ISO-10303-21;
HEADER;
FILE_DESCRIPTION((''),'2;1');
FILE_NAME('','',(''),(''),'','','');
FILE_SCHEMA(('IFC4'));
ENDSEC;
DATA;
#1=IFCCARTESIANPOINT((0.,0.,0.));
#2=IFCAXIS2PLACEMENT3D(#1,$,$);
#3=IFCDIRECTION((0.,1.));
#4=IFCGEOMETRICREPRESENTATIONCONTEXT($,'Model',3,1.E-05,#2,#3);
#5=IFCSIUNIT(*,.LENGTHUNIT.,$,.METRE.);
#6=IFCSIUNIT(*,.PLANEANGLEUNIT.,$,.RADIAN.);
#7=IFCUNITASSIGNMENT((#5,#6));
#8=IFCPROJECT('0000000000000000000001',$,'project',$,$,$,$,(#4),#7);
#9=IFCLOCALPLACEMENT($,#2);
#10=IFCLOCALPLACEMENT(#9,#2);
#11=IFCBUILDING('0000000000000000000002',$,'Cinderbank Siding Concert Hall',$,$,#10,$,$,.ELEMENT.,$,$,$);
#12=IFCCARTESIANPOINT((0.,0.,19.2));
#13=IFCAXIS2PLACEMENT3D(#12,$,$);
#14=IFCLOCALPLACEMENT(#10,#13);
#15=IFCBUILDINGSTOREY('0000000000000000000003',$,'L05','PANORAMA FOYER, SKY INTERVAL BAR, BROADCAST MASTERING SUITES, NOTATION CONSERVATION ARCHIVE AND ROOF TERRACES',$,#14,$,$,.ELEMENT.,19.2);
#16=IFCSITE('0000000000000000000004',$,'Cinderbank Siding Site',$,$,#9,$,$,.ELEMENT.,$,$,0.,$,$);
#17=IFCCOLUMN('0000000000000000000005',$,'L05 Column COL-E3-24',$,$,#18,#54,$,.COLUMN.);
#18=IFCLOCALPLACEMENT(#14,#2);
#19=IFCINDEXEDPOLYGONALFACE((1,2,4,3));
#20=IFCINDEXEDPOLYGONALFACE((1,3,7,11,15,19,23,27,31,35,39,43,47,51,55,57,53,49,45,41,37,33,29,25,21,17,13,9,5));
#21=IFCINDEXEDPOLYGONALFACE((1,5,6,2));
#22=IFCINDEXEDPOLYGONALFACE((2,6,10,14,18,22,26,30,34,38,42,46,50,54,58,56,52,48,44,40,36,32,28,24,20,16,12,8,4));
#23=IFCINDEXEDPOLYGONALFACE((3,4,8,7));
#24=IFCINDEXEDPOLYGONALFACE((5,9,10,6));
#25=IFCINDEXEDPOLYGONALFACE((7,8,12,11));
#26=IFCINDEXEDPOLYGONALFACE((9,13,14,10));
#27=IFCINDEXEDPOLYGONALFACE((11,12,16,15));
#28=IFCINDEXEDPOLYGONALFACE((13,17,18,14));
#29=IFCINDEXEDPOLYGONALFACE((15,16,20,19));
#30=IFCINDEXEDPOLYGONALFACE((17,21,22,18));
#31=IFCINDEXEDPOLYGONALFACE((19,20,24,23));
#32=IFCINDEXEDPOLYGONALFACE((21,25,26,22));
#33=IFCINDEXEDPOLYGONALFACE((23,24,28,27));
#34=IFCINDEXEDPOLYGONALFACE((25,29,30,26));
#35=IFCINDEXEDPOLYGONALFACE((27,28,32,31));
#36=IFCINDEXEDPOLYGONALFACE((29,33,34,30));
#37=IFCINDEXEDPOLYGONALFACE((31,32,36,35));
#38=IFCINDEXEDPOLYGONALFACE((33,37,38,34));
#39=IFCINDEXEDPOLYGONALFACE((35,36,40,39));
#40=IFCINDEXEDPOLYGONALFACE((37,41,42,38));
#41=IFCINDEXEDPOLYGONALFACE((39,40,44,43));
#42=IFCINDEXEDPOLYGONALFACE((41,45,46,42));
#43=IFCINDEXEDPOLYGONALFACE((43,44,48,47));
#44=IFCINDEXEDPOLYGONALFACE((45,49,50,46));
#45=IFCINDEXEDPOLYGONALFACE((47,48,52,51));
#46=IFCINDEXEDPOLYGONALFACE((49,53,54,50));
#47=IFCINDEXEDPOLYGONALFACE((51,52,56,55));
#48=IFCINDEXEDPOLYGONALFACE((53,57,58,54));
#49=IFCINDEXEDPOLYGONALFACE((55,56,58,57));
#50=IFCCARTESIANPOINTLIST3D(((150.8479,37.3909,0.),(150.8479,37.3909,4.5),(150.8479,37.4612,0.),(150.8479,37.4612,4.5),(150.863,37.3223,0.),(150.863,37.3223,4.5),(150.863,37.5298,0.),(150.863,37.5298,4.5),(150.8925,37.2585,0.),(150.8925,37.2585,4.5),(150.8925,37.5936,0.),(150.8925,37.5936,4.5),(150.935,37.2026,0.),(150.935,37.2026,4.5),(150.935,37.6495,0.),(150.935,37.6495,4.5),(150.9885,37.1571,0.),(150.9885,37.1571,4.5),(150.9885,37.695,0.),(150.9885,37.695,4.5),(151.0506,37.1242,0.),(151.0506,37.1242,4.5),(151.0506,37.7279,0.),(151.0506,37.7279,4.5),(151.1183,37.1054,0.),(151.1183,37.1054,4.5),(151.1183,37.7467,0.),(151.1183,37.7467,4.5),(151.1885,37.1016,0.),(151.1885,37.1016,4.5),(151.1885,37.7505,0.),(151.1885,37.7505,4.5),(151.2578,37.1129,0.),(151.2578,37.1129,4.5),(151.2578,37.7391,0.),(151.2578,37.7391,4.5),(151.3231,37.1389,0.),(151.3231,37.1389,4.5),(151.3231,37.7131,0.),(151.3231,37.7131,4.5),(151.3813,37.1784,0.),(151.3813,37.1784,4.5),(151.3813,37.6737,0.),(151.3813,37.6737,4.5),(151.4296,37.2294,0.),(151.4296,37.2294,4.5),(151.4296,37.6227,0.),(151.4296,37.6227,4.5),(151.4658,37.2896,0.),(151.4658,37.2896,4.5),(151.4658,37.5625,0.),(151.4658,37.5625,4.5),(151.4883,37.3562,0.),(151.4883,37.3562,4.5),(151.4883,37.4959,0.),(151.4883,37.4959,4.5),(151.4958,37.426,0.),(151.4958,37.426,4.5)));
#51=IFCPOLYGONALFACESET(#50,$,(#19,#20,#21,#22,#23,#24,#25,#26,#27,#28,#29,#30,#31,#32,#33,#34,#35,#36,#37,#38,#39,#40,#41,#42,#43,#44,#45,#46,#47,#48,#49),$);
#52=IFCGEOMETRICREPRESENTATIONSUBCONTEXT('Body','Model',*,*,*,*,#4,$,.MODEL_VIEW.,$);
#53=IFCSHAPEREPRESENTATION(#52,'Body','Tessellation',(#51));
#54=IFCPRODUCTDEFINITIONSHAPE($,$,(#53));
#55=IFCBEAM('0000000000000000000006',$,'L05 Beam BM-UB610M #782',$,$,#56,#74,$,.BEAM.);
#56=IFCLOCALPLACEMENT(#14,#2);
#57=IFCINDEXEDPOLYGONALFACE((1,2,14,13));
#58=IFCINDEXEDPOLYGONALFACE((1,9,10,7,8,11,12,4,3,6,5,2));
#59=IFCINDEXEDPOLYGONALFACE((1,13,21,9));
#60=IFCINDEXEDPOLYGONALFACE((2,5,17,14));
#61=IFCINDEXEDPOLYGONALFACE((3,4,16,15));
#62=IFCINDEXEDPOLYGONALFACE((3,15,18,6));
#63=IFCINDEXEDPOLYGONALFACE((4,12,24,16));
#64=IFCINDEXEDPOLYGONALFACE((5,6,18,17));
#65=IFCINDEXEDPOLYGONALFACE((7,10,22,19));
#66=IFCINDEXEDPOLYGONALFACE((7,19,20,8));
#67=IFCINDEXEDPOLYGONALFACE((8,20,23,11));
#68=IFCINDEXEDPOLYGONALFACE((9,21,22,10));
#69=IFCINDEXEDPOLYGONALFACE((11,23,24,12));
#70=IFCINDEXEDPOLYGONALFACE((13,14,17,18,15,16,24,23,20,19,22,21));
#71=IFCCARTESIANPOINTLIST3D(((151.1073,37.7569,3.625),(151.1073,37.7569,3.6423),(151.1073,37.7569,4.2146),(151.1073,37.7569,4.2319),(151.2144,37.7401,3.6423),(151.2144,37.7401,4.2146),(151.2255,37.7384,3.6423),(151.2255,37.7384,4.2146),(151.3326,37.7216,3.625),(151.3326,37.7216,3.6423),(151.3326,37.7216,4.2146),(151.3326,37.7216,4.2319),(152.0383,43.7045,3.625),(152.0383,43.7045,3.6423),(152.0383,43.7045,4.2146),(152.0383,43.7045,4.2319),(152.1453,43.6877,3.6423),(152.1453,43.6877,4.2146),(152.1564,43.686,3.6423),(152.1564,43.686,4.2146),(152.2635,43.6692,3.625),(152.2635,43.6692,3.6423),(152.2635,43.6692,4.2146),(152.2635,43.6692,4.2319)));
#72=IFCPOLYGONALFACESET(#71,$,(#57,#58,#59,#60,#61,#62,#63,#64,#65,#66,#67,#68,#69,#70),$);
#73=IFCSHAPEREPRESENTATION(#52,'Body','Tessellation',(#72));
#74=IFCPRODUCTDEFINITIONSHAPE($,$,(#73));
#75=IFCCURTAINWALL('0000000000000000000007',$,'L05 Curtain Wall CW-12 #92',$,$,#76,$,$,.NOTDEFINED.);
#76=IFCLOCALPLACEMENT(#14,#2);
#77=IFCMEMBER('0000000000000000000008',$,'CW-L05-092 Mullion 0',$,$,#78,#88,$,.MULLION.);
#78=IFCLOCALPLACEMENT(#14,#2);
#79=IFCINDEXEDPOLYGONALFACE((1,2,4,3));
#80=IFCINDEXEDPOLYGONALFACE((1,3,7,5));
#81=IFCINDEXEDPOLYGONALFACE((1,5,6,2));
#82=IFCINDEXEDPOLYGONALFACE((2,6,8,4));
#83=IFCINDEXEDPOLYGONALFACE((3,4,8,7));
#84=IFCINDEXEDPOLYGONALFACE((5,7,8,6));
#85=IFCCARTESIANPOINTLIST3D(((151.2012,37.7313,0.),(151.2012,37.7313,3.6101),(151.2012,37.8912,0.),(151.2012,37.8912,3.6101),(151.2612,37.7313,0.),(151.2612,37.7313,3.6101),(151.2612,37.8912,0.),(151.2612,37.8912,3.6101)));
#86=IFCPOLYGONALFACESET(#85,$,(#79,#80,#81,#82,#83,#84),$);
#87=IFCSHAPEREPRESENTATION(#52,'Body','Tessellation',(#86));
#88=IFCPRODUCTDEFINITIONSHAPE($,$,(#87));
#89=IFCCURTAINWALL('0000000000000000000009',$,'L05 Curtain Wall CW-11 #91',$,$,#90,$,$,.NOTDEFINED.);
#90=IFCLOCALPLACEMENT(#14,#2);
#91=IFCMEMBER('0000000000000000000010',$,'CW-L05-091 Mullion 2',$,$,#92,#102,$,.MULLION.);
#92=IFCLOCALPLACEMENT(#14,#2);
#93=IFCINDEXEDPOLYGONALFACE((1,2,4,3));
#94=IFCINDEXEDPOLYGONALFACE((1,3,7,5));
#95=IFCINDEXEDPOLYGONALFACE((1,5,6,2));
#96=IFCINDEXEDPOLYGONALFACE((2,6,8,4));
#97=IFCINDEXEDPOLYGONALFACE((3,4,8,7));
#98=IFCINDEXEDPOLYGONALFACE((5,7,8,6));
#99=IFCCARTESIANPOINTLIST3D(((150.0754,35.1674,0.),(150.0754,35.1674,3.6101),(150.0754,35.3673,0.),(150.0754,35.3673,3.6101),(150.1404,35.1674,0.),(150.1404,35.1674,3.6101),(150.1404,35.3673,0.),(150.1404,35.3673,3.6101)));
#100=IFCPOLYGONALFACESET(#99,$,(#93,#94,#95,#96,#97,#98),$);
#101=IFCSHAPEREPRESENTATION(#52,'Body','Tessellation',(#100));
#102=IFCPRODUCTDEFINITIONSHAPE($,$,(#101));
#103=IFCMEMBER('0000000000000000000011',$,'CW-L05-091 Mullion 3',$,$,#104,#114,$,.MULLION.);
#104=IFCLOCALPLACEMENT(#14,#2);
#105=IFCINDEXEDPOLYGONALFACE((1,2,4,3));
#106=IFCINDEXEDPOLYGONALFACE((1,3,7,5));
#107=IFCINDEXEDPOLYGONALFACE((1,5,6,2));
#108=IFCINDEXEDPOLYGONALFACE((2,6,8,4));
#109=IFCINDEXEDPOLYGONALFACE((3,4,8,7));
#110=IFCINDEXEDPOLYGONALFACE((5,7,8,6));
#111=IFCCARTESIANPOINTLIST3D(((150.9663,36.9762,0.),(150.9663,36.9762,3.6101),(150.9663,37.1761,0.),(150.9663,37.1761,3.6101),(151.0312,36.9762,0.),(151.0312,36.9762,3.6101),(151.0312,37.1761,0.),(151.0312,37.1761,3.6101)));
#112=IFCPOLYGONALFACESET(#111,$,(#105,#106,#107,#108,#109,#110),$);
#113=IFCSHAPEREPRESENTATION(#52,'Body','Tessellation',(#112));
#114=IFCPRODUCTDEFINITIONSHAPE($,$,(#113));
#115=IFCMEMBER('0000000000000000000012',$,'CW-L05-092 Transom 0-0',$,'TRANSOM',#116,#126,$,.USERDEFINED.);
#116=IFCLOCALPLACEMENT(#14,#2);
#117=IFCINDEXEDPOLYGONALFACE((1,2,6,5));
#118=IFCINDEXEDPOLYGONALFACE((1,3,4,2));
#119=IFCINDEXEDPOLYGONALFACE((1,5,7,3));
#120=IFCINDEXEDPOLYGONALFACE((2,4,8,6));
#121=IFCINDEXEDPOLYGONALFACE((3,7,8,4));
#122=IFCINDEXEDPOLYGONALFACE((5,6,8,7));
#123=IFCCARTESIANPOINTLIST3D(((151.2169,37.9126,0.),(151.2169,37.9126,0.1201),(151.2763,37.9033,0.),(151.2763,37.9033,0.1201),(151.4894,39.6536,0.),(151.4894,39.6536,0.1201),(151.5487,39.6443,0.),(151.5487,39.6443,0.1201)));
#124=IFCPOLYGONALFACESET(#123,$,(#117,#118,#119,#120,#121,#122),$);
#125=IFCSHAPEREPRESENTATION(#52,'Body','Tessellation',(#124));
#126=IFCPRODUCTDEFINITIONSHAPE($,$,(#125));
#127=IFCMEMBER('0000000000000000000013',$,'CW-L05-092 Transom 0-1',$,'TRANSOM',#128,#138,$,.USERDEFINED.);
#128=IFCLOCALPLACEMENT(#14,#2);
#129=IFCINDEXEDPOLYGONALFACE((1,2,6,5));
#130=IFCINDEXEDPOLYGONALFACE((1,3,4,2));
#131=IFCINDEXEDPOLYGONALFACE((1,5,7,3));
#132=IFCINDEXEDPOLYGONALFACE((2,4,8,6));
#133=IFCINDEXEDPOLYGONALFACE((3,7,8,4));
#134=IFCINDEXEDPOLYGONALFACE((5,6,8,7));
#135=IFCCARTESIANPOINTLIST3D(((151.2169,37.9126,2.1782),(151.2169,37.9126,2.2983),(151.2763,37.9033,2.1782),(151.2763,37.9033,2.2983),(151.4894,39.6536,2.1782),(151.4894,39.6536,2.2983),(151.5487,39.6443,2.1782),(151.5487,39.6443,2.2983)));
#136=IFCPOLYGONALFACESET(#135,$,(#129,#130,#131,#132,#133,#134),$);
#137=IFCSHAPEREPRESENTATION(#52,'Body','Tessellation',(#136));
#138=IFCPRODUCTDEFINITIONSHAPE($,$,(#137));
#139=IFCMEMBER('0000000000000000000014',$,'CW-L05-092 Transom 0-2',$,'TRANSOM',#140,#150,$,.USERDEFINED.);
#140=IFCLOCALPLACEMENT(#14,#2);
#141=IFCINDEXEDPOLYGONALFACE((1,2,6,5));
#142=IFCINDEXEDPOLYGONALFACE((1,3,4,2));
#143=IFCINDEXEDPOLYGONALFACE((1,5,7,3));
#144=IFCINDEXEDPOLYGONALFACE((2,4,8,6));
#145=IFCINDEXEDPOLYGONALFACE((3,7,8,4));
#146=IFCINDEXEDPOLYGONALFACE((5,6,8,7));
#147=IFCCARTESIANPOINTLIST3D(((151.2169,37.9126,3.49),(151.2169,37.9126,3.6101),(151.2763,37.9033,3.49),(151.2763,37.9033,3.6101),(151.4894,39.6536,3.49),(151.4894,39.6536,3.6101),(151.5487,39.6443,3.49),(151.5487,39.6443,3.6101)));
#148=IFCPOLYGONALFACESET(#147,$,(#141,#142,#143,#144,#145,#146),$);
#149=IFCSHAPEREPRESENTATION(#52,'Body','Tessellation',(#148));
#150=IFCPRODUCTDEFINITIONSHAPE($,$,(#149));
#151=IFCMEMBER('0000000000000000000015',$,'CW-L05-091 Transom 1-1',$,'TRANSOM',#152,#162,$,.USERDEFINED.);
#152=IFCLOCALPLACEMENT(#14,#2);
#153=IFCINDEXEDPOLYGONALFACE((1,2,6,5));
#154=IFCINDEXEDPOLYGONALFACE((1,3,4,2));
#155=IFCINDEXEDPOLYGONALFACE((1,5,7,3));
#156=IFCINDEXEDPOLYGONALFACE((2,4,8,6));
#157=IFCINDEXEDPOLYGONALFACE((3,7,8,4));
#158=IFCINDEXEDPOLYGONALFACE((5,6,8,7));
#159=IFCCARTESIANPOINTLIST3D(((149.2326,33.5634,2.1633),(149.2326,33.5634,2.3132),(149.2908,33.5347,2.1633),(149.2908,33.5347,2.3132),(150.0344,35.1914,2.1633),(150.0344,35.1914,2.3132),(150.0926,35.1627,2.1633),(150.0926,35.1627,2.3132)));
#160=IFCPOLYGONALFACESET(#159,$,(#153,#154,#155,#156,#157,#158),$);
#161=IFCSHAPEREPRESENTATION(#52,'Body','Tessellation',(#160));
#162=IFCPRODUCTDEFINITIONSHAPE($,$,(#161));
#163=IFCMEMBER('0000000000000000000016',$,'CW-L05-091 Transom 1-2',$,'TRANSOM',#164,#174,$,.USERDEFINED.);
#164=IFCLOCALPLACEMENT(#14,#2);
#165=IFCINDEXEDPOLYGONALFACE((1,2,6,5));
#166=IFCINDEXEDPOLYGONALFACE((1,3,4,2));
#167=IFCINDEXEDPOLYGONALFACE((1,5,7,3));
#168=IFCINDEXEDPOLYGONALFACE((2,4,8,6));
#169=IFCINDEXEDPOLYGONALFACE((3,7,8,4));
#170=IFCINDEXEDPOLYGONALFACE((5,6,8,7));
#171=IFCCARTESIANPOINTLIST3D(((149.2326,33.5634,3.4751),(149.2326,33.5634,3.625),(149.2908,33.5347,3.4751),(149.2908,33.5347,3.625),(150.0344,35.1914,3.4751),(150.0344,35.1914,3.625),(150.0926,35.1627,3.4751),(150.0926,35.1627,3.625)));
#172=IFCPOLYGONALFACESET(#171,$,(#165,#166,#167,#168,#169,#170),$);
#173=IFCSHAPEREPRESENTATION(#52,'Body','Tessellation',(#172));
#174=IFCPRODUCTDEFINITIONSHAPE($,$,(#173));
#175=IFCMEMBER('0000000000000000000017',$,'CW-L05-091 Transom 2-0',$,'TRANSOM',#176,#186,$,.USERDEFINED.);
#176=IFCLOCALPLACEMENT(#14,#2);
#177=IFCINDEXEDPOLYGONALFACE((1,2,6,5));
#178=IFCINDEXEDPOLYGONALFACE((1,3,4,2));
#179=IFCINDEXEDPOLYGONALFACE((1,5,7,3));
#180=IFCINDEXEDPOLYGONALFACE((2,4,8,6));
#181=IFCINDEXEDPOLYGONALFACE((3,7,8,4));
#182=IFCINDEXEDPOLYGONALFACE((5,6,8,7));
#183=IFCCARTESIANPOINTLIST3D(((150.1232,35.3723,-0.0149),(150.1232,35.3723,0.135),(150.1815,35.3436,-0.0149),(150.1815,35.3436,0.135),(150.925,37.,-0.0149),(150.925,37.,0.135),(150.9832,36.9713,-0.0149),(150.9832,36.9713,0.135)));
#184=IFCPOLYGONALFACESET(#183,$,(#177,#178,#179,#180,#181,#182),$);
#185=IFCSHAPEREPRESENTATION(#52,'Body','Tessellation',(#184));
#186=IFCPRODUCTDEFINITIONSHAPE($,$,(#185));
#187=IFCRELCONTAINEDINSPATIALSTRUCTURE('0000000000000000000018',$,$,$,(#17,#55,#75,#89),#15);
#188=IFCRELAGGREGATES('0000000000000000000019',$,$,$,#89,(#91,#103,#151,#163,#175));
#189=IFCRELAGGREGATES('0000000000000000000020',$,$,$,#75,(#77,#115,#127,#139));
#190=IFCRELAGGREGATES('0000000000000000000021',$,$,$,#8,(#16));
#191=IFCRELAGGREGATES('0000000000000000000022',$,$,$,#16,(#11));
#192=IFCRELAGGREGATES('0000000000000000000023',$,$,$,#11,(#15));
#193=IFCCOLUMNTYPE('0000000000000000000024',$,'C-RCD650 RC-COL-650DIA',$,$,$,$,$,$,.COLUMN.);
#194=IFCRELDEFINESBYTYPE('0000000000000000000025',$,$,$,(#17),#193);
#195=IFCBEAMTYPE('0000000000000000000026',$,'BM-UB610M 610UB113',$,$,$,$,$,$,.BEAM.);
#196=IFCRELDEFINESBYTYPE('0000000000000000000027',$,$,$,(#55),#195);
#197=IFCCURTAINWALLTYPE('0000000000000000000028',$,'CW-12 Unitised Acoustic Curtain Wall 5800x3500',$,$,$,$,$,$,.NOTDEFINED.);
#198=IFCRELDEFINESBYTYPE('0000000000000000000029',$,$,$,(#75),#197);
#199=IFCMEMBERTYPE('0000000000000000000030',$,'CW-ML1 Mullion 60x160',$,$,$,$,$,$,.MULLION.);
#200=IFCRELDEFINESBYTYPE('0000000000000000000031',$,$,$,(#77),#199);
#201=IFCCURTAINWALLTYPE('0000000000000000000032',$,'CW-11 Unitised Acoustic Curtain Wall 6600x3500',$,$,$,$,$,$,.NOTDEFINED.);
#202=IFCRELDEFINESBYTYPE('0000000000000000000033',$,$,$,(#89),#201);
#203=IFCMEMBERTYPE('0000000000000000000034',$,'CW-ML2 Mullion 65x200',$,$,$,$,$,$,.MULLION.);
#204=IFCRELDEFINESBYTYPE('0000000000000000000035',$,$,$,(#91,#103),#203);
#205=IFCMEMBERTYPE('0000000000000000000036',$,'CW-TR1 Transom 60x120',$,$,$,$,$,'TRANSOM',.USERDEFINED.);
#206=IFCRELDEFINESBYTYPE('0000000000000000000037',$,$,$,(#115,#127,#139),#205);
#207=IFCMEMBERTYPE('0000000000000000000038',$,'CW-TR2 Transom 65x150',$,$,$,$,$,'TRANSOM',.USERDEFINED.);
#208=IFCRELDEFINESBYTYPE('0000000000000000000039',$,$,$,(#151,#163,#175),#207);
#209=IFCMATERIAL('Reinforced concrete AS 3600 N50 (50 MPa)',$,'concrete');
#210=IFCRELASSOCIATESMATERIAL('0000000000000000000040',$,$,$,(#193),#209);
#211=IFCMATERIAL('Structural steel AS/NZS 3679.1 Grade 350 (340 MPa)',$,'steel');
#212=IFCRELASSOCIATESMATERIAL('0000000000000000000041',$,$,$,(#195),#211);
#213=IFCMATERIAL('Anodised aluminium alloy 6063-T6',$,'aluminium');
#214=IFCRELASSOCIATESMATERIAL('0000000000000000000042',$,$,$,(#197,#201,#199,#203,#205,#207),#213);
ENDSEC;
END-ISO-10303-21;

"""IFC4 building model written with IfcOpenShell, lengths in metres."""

from ifc_helpers import new_model, si_unit, direction, frame, origin, origin_2d, place, context, subcontext, project, spatial, rectangle, circle, i_section, extrude, material, material_profile, profile_set, type_object, element, aggregate, save


model = new_model("IFC4")

# Units and contexts
model_context = context("Model", 3, precision=1e-05, world=origin(), true_north=direction((0.0, 1.0)))
body_context = subcontext(model_context, "Body", "Model", "MODEL_VIEW")
ifc_project = project(units=[si_unit("LENGTHUNIT", "METRE"), si_unit("PLANEANGLEUNIT", "RADIAN")], contexts=[model_context])

# Site, building, storey
site_placement = place(None, origin())
site = spatial("IfcSite", under=ifc_project, at=site_placement, Name="Cinderbank Siding Site", CompositionType="ELEMENT", RefElevation=0.0)
building_placement = place(site_placement, origin())
building = spatial("IfcBuilding", under=site, at=building_placement, Name="Cinderbank Siding Concert Hall", CompositionType="ELEMENT")
storey_placement = place(building_placement, frame((0.0, 0.0, 19.2)))
storey = spatial("IfcBuildingStorey", under=building, at=storey_placement, Name="L05", Description="PANORAMA FOYER, SKY INTERVAL BAR, BROADCAST MASTERING SUITES, NOTATION CONSERVATION ARCHIVE AND ROOF TERRACES", CompositionType="ELEMENT", Elevation=19.2)

# Column
ifc_material_1 = material(Name="Reinforced concrete AS 3600 N50 (50 MPa)", Category="concrete")
ifc_material_profile_1 = material_profile(ifc_material_1, circle(Radius=0.325, at=origin_2d()), Name="RC-COL-650DIA", Category="LoadBearing")
ifc_profile_set_1 = profile_set([ifc_material_profile_1], Name="Reinforced concrete AS 3600 N50 (50 MPa)")
column_type = type_object("IfcColumnType", Name="C-RCD650 RC-COL-650DIA", PredefinedType="COLUMN", material=ifc_profile_set_1)
column_placement = place(storey_placement, frame((151.1709, 37.426, 0.0), z_axis=(0.0, 0.0, 1.0), x_axis=(1.0, 0.0, 0.0)))
element("IfcColumn", 1, at=column_placement, inside=storey, type_object=column_type, Name="L05 Column COL-E3-24", PredefinedType="COLUMN", context=body_context, shape_type="SweptSolid", body=[
    extrude(circle(Radius=0.325, at=origin_2d()), origin(), (0.0, 0.0, 1.0), 4.5),
])

# Beam
ifc_material_2 = material(Name="Structural steel AS/NZS 3679.1 Grade 350 (340 MPa)", Category="steel")
ifc_material_profile_2 = material_profile(ifc_material_2, i_section(OverallWidth=0.228, OverallDepth=0.6069, WebThickness=0.0112, FlangeThickness=0.0173, at=origin_2d()), Name="610UB113", Category="LoadBearing")
ifc_profile_set_2 = profile_set([ifc_material_profile_2], Name="Structural steel AS/NZS 3679.1 Grade 350 (340 MPa)")
beam_type = type_object("IfcBeamType", Name="BM-UB610M 610UB113", PredefinedType="BEAM", material=ifc_profile_set_2)
beam_placement = place(storey_placement, frame((151.22, 37.7393, 3.9285), z_axis=(0.154638, 0.987971, 0.0), x_axis=(-0.987971, 0.154638, 0.0)))
element("IfcBeam", 2, at=beam_placement, inside=storey, type_object=beam_type, Name="L05 Beam BM-UB610M #782", PredefinedType="BEAM", context=body_context, shape_type="SweptSolid", body=[
    extrude(i_section(OverallWidth=0.228, OverallDepth=0.6069, WebThickness=0.0112, FlangeThickness=0.0173, at=origin_2d()), origin(), (0.0, 0.0, 1.0), 6.02),
])

# Curtain wall, member
ifc_material_3 = material(Name="Anodised aluminium alloy 6063-T6", Category="aluminium")
curtain_wall_type_1 = type_object("IfcCurtainWallType", Name="CW-12 Unitised Acoustic Curtain Wall 5800x3500", PredefinedType="NOTDEFINED", material=ifc_material_3)
curtain_wall_1_placement = place(storey_placement, origin())
curtain_wall_1 = element("IfcCurtainWall", 3, at=curtain_wall_1_placement, inside=storey, type_object=curtain_wall_type_1, Name="L05 Curtain Wall CW-12 #92", PredefinedType="NOTDEFINED")
ifc_material_profile_3 = material_profile(ifc_material_3, rectangle(XDim=0.0601, YDim=0.1599, at=origin_2d()), Name="ALU-MULL-60x160", Category="LoadBearing")
ifc_profile_set_3 = profile_set([ifc_material_profile_3], Name="Anodised aluminium alloy 6063-T6")
member_type_1 = type_object("IfcMemberType", Name="CW-ML1 Mullion 60x160", PredefinedType="MULLION", material=ifc_profile_set_3)
member_1_placement = place(storey_placement, frame((151.2312, 37.8113, 0.0), z_axis=(0.0, 0.0, 1.0), x_axis=(1.0, 0.0, 0.0)))
member_1 = element("IfcMember", 4, at=member_1_placement, type_object=member_type_1, Name="CW-L05-092 Mullion 0", PredefinedType="MULLION", context=body_context, shape_type="SweptSolid", body=[
    extrude(rectangle(XDim=0.0601, YDim=0.1599, at=origin_2d()), origin(), (0.0, 0.0, 1.0), 3.6101),
])

# Curtain wall, members
curtain_wall_type_2 = type_object("IfcCurtainWallType", Name="CW-11 Unitised Acoustic Curtain Wall 6600x3500", PredefinedType="NOTDEFINED", material=ifc_material_3)
curtain_wall_2_placement = place(storey_placement, origin())
curtain_wall_2 = element("IfcCurtainWall", 5, at=curtain_wall_2_placement, inside=storey, type_object=curtain_wall_type_2, Name="L05 Curtain Wall CW-11 #91", PredefinedType="NOTDEFINED")
ifc_material_profile_4 = material_profile(ifc_material_3, rectangle(XDim=0.0649, YDim=0.2, at=origin_2d()), Name="ALU-MULL-65x200", Category="LoadBearing")
ifc_profile_set_4 = profile_set([ifc_material_profile_4], Name="Anodised aluminium alloy 6063-T6")
member_type_2 = type_object("IfcMemberType", Name="CW-ML2 Mullion 65x200", PredefinedType="MULLION", material=ifc_profile_set_4)
member_2_placement = place(storey_placement, frame((150.1079, 35.2673, 0.0), z_axis=(0.0, 0.0, 1.0), x_axis=(1.0, 0.0, 0.0)))
member_2 = element("IfcMember", 6, at=member_2_placement, type_object=member_type_2, Name="CW-L05-091 Mullion 2", PredefinedType="MULLION", context=body_context, shape_type="SweptSolid", body=[
    extrude(rectangle(XDim=0.0649, YDim=0.2, at=origin_2d()), origin(), (0.0, 0.0, 1.0), 3.6101),
])
member_3_placement = place(storey_placement, frame((150.9988, 37.0762, 0.0), z_axis=(0.0, 0.0, 1.0), x_axis=(1.0, 0.0, 0.0)))
member_3 = element("IfcMember", 7, at=member_3_placement, type_object=member_type_2, Name="CW-L05-091 Mullion 3", PredefinedType="MULLION", context=body_context, shape_type="SweptSolid", body=[
    extrude(rectangle(XDim=0.0649, YDim=0.2, at=origin_2d()), origin(), (0.0, 0.0, 1.0), 3.6101),
])

# Members
ifc_material_profile_5 = material_profile(ifc_material_3, rectangle(XDim=0.0601, YDim=0.1201, at=origin_2d()), Name="ALU-TRAN-60x120", Category="LoadBearing")
ifc_profile_set_5 = profile_set([ifc_material_profile_5], Name="Anodised aluminium alloy 6063-T6")
member_type_3 = type_object("IfcMemberType", Name="CW-TR1 Transom 60x120", ElementType="TRANSOM", PredefinedType="USERDEFINED", material=ifc_profile_set_5)
member_4_placement = place(storey_placement, frame((151.2466, 37.908, 0.0601), z_axis=(0.154618, 0.987974, 0.0), x_axis=(-0.987974, 0.154618, 0.0)))
member_4 = element("IfcMember", 8, at=member_4_placement, type_object=member_type_3, Name="CW-L05-092 Transom 0-0", ObjectType="TRANSOM", PredefinedType="USERDEFINED", context=body_context, shape_type="SweptSolid", body=[
    extrude(rectangle(XDim=0.0601, YDim=0.1201, at=origin_2d()), origin(), (0.0, 0.0, 1.0), 1.7622),
])
member_5_placement = place(storey_placement, frame((151.2466, 37.908, 2.2383), z_axis=(0.154618, 0.987974, 0.0), x_axis=(-0.987974, 0.154618, 0.0)))
member_5 = element("IfcMember", 9, at=member_5_placement, type_object=member_type_3, Name="CW-L05-092 Transom 0-1", ObjectType="TRANSOM", PredefinedType="USERDEFINED", context=body_context, shape_type="SweptSolid", body=[
    extrude(rectangle(XDim=0.0601, YDim=0.1201, at=origin_2d()), origin(), (0.0, 0.0, 1.0), 1.7622),
])
member_6_placement = place(storey_placement, frame((151.2466, 37.908, 3.55), z_axis=(0.154618, 0.987974, 0.0), x_axis=(-0.987974, 0.154618, 0.0)))
member_6 = element("IfcMember", 10, at=member_6_placement, type_object=member_type_3, Name="CW-L05-092 Transom 0-2", ObjectType="TRANSOM", PredefinedType="USERDEFINED", context=body_context, shape_type="SweptSolid", body=[
    extrude(rectangle(XDim=0.0601, YDim=0.1201, at=origin_2d()), origin(), (0.0, 0.0, 1.0), 1.7622),
])
ifc_material_profile_6 = material_profile(ifc_material_3, rectangle(XDim=0.0649, YDim=0.1499, at=origin_2d()), Name="ALU-TRAN-65x150", Category="LoadBearing")
ifc_profile_set_6 = profile_set([ifc_material_profile_6], Name="Anodised aluminium alloy 6063-T6")
member_type_4 = type_object("IfcMemberType", Name="CW-TR2 Transom 65x150", ElementType="TRANSOM", PredefinedType="USERDEFINED", material=ifc_profile_set_6)
member_7_placement = place(storey_placement, frame((149.2617, 33.5491, 2.2383), z_axis=(0.441824, 0.897102, 0.0), x_axis=(-0.897102, 0.441824, 0.0)))
member_7 = element("IfcMember", 11, at=member_7_placement, type_object=member_type_4, Name="CW-L05-091 Transom 1-1", ObjectType="TRANSOM", PredefinedType="USERDEFINED", context=body_context, shape_type="SweptSolid", body=[
    extrude(rectangle(XDim=0.0649, YDim=0.1499, at=origin_2d()), origin(), (0.0, 0.0, 1.0), 1.8147),
])
member_8_placement = place(storey_placement, frame((149.2617, 33.5491, 3.55), z_axis=(0.441824, 0.897102, 0.0), x_axis=(-0.897102, 0.441824, 0.0)))
member_8 = element("IfcMember", 12, at=member_8_placement, type_object=member_type_4, Name="CW-L05-091 Transom 1-2", ObjectType="TRANSOM", PredefinedType="USERDEFINED", context=body_context, shape_type="SweptSolid", body=[
    extrude(rectangle(XDim=0.0649, YDim=0.1499, at=origin_2d()), origin(), (0.0, 0.0, 1.0), 1.8147),
])
member_9_placement = place(storey_placement, frame((150.1523, 35.3579, 0.0601), z_axis=(0.441877, 0.897076, 0.0), x_axis=(-0.897076, 0.441877, 0.0)))
member_9 = element("IfcMember", 13, at=member_9_placement, type_object=member_type_4, Name="CW-L05-091 Transom 2-0", ObjectType="TRANSOM", PredefinedType="USERDEFINED", context=body_context, shape_type="SweptSolid", body=[
    extrude(rectangle(XDim=0.0649, YDim=0.1499, at=origin_2d()), origin(), (0.0, 0.0, 1.0), 1.8145),
])

aggregate(curtain_wall_2, [member_2, member_3, member_7, member_8, member_9])
aggregate(curtain_wall_1, [member_1, member_4, member_5, member_6])

save(model, "model.ifc")
